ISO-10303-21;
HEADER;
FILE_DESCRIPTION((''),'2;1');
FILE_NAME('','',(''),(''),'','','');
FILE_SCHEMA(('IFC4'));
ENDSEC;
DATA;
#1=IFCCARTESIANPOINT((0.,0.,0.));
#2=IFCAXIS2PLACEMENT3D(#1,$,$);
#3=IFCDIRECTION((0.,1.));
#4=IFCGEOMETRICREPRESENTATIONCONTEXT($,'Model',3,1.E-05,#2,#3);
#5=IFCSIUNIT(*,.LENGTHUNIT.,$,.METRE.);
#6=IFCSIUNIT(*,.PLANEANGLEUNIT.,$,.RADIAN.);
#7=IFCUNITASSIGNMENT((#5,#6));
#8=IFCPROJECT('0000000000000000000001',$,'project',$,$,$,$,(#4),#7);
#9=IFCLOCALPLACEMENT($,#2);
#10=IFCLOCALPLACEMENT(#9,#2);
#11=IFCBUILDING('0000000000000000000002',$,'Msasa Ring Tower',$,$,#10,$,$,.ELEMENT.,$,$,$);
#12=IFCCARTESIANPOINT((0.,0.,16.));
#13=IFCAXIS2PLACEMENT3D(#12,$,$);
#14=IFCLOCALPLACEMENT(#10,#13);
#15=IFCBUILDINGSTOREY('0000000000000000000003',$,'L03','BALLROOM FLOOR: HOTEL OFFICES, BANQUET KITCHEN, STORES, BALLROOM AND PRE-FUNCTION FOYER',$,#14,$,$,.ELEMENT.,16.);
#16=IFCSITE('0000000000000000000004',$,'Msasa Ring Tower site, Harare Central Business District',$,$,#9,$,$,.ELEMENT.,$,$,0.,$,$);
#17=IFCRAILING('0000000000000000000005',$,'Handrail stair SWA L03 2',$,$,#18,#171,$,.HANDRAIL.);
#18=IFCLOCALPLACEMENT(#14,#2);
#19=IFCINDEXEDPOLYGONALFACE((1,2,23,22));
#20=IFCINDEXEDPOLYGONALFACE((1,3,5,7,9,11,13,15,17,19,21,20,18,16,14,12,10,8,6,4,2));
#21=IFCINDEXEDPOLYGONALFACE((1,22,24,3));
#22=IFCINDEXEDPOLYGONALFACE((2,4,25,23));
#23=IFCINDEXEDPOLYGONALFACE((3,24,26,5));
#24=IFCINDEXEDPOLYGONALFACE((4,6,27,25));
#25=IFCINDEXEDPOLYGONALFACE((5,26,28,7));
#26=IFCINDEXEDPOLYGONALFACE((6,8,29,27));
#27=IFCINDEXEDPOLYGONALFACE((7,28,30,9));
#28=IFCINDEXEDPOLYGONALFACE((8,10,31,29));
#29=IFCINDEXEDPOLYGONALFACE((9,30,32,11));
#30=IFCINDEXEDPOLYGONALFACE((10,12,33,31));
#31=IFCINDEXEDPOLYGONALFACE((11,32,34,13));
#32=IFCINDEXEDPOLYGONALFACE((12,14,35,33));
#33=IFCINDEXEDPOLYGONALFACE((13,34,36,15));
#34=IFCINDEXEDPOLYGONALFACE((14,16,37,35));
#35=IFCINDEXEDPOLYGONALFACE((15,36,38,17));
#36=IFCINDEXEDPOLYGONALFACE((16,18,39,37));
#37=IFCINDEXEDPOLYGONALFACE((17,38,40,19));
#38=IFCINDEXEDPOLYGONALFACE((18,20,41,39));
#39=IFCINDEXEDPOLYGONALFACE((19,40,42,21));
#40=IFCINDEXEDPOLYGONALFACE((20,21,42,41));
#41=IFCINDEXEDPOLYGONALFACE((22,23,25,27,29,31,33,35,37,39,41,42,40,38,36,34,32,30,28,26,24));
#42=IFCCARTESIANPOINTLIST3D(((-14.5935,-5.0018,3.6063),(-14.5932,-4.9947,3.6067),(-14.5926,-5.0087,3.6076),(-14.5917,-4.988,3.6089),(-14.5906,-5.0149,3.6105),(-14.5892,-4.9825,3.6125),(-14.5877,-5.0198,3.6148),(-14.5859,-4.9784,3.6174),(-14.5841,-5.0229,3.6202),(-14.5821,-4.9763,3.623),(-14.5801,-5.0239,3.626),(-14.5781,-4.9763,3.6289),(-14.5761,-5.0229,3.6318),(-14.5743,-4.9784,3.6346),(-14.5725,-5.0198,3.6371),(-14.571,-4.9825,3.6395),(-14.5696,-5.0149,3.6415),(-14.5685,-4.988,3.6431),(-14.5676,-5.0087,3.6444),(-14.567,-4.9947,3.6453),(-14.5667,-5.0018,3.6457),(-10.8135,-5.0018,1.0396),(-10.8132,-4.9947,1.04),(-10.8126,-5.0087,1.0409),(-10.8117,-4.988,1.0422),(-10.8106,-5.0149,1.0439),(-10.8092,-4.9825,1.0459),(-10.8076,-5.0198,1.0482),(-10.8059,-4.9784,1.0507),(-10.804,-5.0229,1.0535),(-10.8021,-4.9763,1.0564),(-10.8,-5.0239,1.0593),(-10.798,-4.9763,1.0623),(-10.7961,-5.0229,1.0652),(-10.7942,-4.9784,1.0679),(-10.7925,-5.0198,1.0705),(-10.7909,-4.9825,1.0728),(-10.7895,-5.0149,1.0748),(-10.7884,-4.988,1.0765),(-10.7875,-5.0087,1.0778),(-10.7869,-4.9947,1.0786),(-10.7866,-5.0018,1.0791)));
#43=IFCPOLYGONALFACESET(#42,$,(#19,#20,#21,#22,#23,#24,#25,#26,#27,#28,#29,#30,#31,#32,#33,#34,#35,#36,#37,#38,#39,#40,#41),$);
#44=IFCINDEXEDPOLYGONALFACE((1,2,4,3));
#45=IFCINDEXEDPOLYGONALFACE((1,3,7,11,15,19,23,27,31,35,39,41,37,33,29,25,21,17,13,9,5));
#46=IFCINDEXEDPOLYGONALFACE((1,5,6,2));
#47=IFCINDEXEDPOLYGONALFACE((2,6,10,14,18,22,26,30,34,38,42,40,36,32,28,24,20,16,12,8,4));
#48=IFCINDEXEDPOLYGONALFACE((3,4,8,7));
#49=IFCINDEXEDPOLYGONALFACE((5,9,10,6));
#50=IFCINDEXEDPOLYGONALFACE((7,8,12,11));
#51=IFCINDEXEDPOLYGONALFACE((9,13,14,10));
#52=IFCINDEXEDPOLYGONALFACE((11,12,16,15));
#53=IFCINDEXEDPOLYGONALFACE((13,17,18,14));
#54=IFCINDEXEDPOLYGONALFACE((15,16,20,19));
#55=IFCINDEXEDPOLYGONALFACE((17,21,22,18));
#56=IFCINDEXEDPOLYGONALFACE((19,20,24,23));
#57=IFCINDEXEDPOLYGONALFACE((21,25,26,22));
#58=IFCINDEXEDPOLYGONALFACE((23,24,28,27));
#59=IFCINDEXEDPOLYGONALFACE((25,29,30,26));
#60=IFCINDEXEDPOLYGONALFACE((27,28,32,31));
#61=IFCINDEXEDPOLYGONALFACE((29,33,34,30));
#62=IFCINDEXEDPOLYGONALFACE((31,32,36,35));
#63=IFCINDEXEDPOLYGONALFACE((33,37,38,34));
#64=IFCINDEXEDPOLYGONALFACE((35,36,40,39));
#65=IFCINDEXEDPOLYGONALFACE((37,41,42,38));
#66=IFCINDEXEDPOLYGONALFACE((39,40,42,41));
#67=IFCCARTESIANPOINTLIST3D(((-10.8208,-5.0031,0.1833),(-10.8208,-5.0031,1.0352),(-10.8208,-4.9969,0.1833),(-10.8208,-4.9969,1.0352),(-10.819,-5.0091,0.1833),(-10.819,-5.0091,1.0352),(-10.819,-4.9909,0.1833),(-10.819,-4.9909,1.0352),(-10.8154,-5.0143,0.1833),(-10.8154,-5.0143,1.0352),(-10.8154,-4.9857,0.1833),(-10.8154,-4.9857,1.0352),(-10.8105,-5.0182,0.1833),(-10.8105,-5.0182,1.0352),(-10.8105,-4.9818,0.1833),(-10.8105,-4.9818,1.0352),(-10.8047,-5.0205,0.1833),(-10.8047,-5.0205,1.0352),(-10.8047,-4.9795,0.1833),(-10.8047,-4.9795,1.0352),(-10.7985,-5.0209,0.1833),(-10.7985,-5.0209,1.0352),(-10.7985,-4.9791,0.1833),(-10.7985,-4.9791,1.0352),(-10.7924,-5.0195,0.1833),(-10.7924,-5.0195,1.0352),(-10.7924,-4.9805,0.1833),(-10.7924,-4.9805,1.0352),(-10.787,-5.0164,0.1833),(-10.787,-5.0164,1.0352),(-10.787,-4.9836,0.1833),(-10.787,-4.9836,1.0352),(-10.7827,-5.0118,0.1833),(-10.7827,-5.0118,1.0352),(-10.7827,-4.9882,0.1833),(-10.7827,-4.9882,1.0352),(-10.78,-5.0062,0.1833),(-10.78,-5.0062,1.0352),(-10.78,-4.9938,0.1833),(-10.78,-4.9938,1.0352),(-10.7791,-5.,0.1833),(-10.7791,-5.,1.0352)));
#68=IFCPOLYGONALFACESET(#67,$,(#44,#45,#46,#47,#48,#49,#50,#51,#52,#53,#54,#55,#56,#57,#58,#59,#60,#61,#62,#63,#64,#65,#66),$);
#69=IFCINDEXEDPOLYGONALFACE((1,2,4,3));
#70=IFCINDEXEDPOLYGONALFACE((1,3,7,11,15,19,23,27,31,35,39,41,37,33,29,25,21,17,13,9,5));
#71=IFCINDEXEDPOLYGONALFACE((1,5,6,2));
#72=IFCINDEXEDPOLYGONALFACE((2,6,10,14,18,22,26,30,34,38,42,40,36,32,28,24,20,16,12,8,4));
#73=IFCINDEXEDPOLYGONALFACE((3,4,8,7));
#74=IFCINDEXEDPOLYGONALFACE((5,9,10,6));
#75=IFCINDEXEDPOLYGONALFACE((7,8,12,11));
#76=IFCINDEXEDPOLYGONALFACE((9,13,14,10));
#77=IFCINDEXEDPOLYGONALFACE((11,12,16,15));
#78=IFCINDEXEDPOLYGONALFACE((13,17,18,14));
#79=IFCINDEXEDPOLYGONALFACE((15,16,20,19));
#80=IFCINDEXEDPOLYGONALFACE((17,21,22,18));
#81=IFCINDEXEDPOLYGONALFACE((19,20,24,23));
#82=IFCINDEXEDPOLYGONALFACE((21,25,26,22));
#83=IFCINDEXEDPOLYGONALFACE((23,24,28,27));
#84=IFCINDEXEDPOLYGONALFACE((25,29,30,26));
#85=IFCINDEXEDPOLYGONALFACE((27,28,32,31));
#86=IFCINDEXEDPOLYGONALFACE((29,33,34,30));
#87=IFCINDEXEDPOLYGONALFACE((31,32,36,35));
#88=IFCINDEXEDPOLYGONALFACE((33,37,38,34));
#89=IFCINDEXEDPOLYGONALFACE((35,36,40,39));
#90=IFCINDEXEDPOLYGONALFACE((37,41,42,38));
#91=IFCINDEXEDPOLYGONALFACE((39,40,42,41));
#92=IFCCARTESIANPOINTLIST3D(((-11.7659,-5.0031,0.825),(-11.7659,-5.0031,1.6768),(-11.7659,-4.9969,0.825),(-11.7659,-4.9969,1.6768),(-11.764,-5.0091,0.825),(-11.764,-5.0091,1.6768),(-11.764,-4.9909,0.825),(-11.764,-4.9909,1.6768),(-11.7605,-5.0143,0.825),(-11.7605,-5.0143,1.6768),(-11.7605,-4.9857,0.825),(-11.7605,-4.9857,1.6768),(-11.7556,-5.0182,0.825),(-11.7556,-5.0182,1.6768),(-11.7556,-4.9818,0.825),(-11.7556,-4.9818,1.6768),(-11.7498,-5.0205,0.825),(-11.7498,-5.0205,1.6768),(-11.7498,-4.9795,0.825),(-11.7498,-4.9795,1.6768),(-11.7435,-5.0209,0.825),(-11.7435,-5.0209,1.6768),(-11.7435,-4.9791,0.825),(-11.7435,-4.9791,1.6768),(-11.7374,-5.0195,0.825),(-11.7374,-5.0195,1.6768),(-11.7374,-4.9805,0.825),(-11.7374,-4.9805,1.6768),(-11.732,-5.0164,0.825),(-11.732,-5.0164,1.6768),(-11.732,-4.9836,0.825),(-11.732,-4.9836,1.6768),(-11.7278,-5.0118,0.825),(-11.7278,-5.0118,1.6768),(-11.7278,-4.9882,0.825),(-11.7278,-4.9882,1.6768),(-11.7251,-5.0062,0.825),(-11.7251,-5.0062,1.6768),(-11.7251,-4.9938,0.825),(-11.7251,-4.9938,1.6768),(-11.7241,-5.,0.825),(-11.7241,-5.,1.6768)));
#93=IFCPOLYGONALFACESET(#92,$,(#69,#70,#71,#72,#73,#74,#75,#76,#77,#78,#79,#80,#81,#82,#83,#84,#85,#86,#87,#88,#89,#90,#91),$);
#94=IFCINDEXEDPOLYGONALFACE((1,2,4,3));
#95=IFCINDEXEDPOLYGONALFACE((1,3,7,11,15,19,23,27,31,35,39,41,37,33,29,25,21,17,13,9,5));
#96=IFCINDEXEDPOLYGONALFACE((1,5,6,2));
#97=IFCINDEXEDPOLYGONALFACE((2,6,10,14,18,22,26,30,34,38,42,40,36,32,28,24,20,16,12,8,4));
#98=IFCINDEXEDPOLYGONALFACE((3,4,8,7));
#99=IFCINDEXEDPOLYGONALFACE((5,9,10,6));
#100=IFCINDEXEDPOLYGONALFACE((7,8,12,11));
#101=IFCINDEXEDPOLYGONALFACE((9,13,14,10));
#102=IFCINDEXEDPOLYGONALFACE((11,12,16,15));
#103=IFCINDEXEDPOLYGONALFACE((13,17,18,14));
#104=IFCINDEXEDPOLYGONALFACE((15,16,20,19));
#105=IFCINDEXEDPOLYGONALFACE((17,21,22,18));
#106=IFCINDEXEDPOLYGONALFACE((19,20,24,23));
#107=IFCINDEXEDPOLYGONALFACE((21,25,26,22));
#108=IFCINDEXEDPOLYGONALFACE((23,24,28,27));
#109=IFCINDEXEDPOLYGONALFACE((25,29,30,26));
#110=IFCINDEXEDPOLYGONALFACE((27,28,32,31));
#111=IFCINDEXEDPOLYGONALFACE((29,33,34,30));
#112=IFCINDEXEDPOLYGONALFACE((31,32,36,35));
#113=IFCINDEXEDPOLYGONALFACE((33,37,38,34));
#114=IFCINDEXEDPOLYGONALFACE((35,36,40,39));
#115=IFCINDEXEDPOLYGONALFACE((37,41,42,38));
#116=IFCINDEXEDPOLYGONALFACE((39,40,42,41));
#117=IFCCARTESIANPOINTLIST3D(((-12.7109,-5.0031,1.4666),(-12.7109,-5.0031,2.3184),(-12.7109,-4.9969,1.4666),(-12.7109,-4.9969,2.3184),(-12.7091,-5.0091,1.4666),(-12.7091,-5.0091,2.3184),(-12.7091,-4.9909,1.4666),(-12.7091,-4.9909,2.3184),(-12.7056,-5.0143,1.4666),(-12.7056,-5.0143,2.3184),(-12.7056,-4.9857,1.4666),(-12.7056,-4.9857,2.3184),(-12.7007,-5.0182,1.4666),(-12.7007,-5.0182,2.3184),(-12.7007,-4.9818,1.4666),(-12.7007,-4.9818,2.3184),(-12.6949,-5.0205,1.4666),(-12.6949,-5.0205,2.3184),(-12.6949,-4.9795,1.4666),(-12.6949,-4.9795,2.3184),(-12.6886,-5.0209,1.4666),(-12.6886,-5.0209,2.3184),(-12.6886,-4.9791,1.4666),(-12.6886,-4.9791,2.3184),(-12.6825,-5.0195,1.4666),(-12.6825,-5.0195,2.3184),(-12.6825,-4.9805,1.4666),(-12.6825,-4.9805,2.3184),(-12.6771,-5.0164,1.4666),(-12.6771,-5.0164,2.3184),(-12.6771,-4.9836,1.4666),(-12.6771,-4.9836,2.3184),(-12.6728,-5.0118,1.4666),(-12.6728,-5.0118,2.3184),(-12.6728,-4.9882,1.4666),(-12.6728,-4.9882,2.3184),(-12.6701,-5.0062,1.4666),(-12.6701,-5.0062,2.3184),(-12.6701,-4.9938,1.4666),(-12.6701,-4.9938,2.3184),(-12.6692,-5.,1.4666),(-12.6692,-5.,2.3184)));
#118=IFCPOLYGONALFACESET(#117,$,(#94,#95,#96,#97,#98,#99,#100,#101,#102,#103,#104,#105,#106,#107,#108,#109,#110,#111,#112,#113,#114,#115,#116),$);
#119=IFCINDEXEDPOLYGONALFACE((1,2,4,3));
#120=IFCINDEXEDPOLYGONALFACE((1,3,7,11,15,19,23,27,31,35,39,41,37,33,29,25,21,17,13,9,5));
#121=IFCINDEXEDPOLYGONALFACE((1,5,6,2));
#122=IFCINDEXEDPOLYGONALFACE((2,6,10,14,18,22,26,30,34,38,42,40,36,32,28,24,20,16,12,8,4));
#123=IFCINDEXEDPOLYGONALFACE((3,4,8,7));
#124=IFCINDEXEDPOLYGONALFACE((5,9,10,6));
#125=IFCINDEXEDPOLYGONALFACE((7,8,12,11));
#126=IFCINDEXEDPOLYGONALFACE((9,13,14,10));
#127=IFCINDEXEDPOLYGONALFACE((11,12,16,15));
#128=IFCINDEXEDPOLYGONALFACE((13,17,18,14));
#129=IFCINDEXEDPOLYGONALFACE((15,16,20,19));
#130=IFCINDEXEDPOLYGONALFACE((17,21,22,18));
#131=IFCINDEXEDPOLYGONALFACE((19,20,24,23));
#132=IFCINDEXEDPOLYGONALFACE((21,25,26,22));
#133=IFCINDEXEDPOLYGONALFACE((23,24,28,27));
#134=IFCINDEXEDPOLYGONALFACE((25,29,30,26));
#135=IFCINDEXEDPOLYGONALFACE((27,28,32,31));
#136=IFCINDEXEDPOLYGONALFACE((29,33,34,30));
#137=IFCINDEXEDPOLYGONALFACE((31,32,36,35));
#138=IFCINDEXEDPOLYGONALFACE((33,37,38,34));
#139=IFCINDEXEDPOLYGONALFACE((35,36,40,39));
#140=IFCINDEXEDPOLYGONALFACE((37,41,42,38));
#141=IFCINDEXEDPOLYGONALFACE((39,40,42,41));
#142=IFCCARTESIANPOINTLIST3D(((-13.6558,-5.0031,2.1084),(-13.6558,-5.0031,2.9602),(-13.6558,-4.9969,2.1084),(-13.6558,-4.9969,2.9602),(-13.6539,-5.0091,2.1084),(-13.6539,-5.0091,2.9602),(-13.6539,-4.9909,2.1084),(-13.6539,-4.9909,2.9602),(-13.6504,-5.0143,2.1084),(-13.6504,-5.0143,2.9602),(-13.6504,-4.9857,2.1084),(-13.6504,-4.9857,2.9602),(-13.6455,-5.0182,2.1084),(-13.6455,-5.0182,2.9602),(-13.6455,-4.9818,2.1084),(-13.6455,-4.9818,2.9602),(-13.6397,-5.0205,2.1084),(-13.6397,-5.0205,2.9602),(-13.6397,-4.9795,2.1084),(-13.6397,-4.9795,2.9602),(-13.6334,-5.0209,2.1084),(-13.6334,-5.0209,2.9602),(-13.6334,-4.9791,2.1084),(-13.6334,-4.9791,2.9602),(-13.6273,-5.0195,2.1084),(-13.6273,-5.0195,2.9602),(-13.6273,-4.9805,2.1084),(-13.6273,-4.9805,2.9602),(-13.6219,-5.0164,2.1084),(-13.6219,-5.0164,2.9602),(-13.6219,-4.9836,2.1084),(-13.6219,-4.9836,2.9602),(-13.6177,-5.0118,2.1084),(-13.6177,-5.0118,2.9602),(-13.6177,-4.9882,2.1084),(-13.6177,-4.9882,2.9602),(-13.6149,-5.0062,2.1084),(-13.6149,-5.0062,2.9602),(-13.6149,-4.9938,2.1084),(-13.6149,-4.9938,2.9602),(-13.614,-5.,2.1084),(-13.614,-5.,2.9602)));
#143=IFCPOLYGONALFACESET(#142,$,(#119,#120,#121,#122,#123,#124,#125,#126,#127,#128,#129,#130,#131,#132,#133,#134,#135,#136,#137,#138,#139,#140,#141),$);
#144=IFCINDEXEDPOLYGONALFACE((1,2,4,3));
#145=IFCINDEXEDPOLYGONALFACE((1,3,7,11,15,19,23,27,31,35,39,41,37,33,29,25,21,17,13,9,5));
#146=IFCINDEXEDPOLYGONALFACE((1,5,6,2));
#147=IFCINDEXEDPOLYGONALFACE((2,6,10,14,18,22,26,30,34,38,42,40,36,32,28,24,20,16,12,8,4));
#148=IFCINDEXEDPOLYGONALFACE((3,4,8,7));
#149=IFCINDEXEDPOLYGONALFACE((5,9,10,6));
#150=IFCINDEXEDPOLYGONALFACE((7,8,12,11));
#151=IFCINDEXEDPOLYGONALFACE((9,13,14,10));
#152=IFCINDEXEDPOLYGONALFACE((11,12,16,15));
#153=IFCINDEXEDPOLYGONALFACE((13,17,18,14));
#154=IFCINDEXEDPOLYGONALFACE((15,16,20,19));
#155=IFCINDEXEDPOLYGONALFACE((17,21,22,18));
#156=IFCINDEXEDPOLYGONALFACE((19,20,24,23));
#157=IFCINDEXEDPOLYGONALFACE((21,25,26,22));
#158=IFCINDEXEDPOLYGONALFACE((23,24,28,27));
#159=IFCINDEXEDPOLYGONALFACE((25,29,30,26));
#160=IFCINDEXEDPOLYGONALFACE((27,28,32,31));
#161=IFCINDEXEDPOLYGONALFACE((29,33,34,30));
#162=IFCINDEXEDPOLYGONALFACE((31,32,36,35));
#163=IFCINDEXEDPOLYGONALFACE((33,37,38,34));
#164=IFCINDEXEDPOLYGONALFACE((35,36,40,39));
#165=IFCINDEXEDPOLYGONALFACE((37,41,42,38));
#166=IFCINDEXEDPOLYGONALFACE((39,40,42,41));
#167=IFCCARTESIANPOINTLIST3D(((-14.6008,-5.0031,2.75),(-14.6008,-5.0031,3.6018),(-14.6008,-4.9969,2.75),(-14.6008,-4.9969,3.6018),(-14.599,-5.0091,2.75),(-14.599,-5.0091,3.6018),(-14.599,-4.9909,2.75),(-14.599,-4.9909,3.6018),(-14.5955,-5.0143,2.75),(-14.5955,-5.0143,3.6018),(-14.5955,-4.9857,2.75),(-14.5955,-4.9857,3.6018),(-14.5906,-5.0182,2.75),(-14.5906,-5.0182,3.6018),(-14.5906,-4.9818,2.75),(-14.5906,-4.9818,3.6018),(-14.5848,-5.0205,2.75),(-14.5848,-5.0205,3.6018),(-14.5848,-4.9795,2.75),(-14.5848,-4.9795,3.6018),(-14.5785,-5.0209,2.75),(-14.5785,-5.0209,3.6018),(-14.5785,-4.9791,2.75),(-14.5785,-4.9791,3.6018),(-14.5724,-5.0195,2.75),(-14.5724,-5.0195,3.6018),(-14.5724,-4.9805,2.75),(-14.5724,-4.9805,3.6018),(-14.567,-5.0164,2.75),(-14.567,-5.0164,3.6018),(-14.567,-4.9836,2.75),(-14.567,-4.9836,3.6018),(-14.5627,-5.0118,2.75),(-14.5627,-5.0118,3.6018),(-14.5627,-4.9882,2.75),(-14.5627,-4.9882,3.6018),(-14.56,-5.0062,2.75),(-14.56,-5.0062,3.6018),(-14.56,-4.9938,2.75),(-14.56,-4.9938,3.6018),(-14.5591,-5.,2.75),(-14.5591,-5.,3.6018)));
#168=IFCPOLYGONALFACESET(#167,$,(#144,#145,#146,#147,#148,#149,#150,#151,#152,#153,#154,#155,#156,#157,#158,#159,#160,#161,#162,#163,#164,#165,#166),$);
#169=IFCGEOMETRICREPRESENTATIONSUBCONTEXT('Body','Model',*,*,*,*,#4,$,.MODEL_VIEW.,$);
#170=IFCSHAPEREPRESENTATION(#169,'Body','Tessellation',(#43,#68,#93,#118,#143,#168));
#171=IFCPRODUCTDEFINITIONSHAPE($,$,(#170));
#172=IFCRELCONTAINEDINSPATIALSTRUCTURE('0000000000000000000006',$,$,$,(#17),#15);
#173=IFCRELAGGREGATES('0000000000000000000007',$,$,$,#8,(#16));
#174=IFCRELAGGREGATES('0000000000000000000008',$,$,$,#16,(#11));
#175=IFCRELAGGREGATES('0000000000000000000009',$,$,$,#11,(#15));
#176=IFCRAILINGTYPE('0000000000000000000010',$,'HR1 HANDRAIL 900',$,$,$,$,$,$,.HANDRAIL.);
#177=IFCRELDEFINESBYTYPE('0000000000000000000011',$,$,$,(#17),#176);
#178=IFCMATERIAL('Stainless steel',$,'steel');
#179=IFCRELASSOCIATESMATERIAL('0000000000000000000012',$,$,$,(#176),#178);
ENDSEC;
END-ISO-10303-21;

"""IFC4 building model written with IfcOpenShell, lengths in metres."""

from ifc_helpers import new_model, si_unit, direction, frame, origin, origin_2d, place, context, subcontext, project, spatial, circle, extrude, material, type_object, element, save


model = new_model("IFC4")

# Units and contexts
model_context = context("Model", 3, precision=1e-05, world=origin(), true_north=direction((0.0, 1.0)))
body_context = subcontext(model_context, "Body", "Model", "MODEL_VIEW")
ifc_project = project(units=[si_unit("LENGTHUNIT", "METRE"), si_unit("PLANEANGLEUNIT", "RADIAN")], contexts=[model_context])

# Site, building, storey
site_placement = place(None, origin())
site = spatial("IfcSite", under=ifc_project, at=site_placement, Name="Msasa Ring Tower site, Harare Central Business District", CompositionType="ELEMENT", RefElevation=0.0)
building_placement = place(site_placement, origin())
building = spatial("IfcBuilding", under=site, at=building_placement, Name="Msasa Ring Tower", CompositionType="ELEMENT")
storey_placement = place(building_placement, frame((0.0, 0.0, 16.0)))
storey = spatial("IfcBuildingStorey", under=building, at=storey_placement, Name="L03", Description="BALLROOM FLOOR: HOTEL OFFICES, BANQUET KITCHEN, STORES, BALLROOM AND PRE-FUNCTION FOYER", CompositionType="ELEMENT", Elevation=16.0)

# Railing
ifc_material_1 = material(Name="Stainless steel", Category="steel")
railing_type = type_object("IfcRailingType", Name="HR1 HANDRAIL 900", PredefinedType="HANDRAIL", material=ifc_material_1)
for number, where, name in (
    (1, (-10.8, -5.0, 0.1833), "Handrail stair SWA L03 2"),
):
    element("IfcRailing", number, at=place(storey_placement, frame(where)), inside=storey, type_object=railing_type, Name=name, PredefinedType="HANDRAIL", context=body_context, shape_type="SweptSolid", body=[
        extrude(circle(Radius=0.0239, at=origin_2d()), frame((0.0, 0.0, 0.876), z_axis=(-0.82731, 0.0, 0.561746), x_axis=(0.0, -1.0, 0.0)), (0.0, 0.0, 1.0), 4.5691),
        extrude(circle(Radius=0.021, at=origin_2d()), origin(), (0.0, 0.0, 1.0), 0.8518),
        extrude(circle(Radius=0.021, at=origin_2d()), frame((-0.9451, 0.0, 0.6416)), (0.0, 0.0, 1.0), 0.8518),
        extrude(circle(Radius=0.021, at=origin_2d()), frame((-1.8901, 0.0, 1.2832)), (0.0, 0.0, 1.0), 0.8518),
        extrude(circle(Radius=0.021, at=origin_2d()), frame((-2.835, 0.0, 1.925)), (0.0, 0.0, 1.0), 0.8518),
        extrude(circle(Radius=0.021, at=origin_2d()), frame((-3.78, 0.0, 2.5667)), (0.0, 0.0, 1.0), 0.8518),
    ])

save(model, "model.ifc")
